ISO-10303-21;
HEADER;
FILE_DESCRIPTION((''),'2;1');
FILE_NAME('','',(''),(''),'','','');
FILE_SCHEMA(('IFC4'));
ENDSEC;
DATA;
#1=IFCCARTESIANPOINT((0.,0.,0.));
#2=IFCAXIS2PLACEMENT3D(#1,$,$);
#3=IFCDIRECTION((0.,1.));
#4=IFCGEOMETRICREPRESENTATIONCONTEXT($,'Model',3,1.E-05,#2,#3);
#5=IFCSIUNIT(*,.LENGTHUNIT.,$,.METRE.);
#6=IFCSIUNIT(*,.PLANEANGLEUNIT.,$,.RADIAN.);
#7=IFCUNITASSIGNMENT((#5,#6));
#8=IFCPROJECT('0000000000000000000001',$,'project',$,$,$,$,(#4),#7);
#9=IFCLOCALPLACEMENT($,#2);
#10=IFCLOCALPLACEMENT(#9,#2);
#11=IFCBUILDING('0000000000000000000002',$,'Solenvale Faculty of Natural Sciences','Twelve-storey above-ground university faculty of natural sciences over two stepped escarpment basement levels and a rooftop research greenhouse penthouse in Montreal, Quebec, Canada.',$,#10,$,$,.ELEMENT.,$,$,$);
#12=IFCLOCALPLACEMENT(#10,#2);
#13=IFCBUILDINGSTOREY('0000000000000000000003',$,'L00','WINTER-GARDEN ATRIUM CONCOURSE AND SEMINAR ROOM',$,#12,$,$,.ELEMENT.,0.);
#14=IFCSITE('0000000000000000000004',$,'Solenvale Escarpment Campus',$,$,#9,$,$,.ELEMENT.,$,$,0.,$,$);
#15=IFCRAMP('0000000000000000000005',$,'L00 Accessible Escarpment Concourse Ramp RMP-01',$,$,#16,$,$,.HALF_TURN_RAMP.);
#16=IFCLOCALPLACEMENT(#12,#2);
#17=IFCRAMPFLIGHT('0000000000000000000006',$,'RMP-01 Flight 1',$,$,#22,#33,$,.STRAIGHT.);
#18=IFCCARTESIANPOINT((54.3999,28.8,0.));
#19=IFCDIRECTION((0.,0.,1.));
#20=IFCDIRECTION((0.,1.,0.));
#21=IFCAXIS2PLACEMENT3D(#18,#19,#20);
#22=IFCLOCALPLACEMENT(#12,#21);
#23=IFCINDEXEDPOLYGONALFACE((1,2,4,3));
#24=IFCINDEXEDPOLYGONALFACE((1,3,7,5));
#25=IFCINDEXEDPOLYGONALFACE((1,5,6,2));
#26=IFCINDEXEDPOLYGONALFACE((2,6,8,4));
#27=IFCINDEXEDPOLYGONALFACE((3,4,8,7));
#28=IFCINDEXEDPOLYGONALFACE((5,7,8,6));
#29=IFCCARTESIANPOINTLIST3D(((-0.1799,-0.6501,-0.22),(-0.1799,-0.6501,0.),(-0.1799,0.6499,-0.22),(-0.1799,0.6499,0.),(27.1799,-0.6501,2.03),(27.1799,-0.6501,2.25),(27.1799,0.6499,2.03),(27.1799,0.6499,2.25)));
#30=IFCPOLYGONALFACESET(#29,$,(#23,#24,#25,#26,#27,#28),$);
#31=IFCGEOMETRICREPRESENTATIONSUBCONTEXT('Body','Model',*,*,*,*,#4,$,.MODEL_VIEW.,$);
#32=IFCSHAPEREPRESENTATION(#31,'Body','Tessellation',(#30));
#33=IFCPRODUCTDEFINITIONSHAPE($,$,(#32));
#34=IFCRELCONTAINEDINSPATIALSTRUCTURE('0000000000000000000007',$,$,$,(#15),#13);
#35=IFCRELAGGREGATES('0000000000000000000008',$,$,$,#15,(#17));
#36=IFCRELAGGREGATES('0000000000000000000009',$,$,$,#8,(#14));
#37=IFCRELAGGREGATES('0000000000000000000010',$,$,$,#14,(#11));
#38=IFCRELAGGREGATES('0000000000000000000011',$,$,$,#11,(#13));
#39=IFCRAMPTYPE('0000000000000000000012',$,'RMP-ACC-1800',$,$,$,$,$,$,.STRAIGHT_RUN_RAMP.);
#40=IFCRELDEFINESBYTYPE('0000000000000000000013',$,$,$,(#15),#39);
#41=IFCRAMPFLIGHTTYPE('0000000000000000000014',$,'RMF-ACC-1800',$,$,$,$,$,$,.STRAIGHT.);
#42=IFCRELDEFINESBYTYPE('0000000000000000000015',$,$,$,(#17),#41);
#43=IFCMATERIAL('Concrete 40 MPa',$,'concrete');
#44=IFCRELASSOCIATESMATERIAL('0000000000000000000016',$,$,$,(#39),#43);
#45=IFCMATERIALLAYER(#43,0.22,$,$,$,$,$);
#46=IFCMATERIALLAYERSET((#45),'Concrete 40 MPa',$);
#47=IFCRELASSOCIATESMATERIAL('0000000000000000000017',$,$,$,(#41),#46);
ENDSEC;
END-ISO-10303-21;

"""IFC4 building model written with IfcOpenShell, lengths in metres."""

from ifc_helpers import new_model, si_unit, direction, frame, origin, place, context, subcontext, project, spatial, polyline, outline, extrude, material, layer, layer_set, type_object, element, aggregate, save


model = new_model("IFC4")

# Units and contexts
model_context = context("Model", 3, precision=1e-05, world=origin(), true_north=direction((0.0, 1.0)))
body_context = subcontext(model_context, "Body", "Model", "MODEL_VIEW")
ifc_project = project(units=[si_unit("LENGTHUNIT", "METRE"), si_unit("PLANEANGLEUNIT", "RADIAN")], contexts=[model_context])

# Site, building, storey
site_placement = place(None, origin())
site = spatial("IfcSite", under=ifc_project, at=site_placement, Name="Solenvale Escarpment Campus", CompositionType="ELEMENT", RefElevation=0.0)
building_placement = place(site_placement, origin())
building = spatial("IfcBuilding", under=site, at=building_placement, Name="Solenvale Faculty of Natural Sciences", Description="Twelve-storey above-ground university faculty of natural sciences over two stepped escarpment basement levels and a rooftop research greenhouse penthouse in Montreal, Quebec, Canada.", CompositionType="ELEMENT")
storey_placement = place(building_placement, origin())
storey = spatial("IfcBuildingStorey", under=building, at=storey_placement, Name="L00", Description="WINTER-GARDEN ATRIUM CONCOURSE AND SEMINAR ROOM", CompositionType="ELEMENT", Elevation=0.0)

# Shared definitions
ifc_material_1 = material(Name="Concrete 40 MPa", Category="concrete")

# Ramp, ramp flight
ramp_type = type_object("IfcRampType", Name="RMP-ACC-1800", PredefinedType="STRAIGHT_RUN_RAMP", material=ifc_material_1)
ramp_placement = place(storey_placement, origin())
ramp = element("IfcRamp", 1, at=ramp_placement, inside=storey, type_object=ramp_type, Name="L00 Accessible Escarpment Concourse Ramp RMP-01", PredefinedType="HALF_TURN_RAMP")
ifc_layer_1 = layer(ifc_material_1, 0.22)
ifc_layer_set_1 = layer_set([ifc_layer_1], Name="Concrete 40 MPa")
ramp_flight_type = type_object("IfcRampFlightType", Name="RMF-ACC-1800", PredefinedType="STRAIGHT", material=ifc_layer_set_1)
ramp_flight_placement = place(storey_placement, frame((54.3999, 28.8, 0.0), z_axis=(0.0, 0.0, 1.0), x_axis=(0.0, 1.0, 0.0)))
ramp_flight = element("IfcRampFlight", 2, at=ramp_flight_placement, type_object=ramp_flight_type, Name="RMP-01 Flight 1", PredefinedType="STRAIGHT", context=body_context, shape_type="SweptSolid", body=[
    extrude(outline(polyline([(-0.1799, 0.0), (27.1799, 2.25), (27.1799, 2.03), (-0.1799, -0.22), (-0.1799, 0.0)])), frame((0.0, 0.6499, 0.0), z_axis=(0.0, -1.0, 0.0), x_axis=(1.0, 0.0, 0.0)), (0.0, 0.0, 1.0), 1.3),
])
aggregate(ramp, [ramp_flight])

save(model, "model.ifc")
